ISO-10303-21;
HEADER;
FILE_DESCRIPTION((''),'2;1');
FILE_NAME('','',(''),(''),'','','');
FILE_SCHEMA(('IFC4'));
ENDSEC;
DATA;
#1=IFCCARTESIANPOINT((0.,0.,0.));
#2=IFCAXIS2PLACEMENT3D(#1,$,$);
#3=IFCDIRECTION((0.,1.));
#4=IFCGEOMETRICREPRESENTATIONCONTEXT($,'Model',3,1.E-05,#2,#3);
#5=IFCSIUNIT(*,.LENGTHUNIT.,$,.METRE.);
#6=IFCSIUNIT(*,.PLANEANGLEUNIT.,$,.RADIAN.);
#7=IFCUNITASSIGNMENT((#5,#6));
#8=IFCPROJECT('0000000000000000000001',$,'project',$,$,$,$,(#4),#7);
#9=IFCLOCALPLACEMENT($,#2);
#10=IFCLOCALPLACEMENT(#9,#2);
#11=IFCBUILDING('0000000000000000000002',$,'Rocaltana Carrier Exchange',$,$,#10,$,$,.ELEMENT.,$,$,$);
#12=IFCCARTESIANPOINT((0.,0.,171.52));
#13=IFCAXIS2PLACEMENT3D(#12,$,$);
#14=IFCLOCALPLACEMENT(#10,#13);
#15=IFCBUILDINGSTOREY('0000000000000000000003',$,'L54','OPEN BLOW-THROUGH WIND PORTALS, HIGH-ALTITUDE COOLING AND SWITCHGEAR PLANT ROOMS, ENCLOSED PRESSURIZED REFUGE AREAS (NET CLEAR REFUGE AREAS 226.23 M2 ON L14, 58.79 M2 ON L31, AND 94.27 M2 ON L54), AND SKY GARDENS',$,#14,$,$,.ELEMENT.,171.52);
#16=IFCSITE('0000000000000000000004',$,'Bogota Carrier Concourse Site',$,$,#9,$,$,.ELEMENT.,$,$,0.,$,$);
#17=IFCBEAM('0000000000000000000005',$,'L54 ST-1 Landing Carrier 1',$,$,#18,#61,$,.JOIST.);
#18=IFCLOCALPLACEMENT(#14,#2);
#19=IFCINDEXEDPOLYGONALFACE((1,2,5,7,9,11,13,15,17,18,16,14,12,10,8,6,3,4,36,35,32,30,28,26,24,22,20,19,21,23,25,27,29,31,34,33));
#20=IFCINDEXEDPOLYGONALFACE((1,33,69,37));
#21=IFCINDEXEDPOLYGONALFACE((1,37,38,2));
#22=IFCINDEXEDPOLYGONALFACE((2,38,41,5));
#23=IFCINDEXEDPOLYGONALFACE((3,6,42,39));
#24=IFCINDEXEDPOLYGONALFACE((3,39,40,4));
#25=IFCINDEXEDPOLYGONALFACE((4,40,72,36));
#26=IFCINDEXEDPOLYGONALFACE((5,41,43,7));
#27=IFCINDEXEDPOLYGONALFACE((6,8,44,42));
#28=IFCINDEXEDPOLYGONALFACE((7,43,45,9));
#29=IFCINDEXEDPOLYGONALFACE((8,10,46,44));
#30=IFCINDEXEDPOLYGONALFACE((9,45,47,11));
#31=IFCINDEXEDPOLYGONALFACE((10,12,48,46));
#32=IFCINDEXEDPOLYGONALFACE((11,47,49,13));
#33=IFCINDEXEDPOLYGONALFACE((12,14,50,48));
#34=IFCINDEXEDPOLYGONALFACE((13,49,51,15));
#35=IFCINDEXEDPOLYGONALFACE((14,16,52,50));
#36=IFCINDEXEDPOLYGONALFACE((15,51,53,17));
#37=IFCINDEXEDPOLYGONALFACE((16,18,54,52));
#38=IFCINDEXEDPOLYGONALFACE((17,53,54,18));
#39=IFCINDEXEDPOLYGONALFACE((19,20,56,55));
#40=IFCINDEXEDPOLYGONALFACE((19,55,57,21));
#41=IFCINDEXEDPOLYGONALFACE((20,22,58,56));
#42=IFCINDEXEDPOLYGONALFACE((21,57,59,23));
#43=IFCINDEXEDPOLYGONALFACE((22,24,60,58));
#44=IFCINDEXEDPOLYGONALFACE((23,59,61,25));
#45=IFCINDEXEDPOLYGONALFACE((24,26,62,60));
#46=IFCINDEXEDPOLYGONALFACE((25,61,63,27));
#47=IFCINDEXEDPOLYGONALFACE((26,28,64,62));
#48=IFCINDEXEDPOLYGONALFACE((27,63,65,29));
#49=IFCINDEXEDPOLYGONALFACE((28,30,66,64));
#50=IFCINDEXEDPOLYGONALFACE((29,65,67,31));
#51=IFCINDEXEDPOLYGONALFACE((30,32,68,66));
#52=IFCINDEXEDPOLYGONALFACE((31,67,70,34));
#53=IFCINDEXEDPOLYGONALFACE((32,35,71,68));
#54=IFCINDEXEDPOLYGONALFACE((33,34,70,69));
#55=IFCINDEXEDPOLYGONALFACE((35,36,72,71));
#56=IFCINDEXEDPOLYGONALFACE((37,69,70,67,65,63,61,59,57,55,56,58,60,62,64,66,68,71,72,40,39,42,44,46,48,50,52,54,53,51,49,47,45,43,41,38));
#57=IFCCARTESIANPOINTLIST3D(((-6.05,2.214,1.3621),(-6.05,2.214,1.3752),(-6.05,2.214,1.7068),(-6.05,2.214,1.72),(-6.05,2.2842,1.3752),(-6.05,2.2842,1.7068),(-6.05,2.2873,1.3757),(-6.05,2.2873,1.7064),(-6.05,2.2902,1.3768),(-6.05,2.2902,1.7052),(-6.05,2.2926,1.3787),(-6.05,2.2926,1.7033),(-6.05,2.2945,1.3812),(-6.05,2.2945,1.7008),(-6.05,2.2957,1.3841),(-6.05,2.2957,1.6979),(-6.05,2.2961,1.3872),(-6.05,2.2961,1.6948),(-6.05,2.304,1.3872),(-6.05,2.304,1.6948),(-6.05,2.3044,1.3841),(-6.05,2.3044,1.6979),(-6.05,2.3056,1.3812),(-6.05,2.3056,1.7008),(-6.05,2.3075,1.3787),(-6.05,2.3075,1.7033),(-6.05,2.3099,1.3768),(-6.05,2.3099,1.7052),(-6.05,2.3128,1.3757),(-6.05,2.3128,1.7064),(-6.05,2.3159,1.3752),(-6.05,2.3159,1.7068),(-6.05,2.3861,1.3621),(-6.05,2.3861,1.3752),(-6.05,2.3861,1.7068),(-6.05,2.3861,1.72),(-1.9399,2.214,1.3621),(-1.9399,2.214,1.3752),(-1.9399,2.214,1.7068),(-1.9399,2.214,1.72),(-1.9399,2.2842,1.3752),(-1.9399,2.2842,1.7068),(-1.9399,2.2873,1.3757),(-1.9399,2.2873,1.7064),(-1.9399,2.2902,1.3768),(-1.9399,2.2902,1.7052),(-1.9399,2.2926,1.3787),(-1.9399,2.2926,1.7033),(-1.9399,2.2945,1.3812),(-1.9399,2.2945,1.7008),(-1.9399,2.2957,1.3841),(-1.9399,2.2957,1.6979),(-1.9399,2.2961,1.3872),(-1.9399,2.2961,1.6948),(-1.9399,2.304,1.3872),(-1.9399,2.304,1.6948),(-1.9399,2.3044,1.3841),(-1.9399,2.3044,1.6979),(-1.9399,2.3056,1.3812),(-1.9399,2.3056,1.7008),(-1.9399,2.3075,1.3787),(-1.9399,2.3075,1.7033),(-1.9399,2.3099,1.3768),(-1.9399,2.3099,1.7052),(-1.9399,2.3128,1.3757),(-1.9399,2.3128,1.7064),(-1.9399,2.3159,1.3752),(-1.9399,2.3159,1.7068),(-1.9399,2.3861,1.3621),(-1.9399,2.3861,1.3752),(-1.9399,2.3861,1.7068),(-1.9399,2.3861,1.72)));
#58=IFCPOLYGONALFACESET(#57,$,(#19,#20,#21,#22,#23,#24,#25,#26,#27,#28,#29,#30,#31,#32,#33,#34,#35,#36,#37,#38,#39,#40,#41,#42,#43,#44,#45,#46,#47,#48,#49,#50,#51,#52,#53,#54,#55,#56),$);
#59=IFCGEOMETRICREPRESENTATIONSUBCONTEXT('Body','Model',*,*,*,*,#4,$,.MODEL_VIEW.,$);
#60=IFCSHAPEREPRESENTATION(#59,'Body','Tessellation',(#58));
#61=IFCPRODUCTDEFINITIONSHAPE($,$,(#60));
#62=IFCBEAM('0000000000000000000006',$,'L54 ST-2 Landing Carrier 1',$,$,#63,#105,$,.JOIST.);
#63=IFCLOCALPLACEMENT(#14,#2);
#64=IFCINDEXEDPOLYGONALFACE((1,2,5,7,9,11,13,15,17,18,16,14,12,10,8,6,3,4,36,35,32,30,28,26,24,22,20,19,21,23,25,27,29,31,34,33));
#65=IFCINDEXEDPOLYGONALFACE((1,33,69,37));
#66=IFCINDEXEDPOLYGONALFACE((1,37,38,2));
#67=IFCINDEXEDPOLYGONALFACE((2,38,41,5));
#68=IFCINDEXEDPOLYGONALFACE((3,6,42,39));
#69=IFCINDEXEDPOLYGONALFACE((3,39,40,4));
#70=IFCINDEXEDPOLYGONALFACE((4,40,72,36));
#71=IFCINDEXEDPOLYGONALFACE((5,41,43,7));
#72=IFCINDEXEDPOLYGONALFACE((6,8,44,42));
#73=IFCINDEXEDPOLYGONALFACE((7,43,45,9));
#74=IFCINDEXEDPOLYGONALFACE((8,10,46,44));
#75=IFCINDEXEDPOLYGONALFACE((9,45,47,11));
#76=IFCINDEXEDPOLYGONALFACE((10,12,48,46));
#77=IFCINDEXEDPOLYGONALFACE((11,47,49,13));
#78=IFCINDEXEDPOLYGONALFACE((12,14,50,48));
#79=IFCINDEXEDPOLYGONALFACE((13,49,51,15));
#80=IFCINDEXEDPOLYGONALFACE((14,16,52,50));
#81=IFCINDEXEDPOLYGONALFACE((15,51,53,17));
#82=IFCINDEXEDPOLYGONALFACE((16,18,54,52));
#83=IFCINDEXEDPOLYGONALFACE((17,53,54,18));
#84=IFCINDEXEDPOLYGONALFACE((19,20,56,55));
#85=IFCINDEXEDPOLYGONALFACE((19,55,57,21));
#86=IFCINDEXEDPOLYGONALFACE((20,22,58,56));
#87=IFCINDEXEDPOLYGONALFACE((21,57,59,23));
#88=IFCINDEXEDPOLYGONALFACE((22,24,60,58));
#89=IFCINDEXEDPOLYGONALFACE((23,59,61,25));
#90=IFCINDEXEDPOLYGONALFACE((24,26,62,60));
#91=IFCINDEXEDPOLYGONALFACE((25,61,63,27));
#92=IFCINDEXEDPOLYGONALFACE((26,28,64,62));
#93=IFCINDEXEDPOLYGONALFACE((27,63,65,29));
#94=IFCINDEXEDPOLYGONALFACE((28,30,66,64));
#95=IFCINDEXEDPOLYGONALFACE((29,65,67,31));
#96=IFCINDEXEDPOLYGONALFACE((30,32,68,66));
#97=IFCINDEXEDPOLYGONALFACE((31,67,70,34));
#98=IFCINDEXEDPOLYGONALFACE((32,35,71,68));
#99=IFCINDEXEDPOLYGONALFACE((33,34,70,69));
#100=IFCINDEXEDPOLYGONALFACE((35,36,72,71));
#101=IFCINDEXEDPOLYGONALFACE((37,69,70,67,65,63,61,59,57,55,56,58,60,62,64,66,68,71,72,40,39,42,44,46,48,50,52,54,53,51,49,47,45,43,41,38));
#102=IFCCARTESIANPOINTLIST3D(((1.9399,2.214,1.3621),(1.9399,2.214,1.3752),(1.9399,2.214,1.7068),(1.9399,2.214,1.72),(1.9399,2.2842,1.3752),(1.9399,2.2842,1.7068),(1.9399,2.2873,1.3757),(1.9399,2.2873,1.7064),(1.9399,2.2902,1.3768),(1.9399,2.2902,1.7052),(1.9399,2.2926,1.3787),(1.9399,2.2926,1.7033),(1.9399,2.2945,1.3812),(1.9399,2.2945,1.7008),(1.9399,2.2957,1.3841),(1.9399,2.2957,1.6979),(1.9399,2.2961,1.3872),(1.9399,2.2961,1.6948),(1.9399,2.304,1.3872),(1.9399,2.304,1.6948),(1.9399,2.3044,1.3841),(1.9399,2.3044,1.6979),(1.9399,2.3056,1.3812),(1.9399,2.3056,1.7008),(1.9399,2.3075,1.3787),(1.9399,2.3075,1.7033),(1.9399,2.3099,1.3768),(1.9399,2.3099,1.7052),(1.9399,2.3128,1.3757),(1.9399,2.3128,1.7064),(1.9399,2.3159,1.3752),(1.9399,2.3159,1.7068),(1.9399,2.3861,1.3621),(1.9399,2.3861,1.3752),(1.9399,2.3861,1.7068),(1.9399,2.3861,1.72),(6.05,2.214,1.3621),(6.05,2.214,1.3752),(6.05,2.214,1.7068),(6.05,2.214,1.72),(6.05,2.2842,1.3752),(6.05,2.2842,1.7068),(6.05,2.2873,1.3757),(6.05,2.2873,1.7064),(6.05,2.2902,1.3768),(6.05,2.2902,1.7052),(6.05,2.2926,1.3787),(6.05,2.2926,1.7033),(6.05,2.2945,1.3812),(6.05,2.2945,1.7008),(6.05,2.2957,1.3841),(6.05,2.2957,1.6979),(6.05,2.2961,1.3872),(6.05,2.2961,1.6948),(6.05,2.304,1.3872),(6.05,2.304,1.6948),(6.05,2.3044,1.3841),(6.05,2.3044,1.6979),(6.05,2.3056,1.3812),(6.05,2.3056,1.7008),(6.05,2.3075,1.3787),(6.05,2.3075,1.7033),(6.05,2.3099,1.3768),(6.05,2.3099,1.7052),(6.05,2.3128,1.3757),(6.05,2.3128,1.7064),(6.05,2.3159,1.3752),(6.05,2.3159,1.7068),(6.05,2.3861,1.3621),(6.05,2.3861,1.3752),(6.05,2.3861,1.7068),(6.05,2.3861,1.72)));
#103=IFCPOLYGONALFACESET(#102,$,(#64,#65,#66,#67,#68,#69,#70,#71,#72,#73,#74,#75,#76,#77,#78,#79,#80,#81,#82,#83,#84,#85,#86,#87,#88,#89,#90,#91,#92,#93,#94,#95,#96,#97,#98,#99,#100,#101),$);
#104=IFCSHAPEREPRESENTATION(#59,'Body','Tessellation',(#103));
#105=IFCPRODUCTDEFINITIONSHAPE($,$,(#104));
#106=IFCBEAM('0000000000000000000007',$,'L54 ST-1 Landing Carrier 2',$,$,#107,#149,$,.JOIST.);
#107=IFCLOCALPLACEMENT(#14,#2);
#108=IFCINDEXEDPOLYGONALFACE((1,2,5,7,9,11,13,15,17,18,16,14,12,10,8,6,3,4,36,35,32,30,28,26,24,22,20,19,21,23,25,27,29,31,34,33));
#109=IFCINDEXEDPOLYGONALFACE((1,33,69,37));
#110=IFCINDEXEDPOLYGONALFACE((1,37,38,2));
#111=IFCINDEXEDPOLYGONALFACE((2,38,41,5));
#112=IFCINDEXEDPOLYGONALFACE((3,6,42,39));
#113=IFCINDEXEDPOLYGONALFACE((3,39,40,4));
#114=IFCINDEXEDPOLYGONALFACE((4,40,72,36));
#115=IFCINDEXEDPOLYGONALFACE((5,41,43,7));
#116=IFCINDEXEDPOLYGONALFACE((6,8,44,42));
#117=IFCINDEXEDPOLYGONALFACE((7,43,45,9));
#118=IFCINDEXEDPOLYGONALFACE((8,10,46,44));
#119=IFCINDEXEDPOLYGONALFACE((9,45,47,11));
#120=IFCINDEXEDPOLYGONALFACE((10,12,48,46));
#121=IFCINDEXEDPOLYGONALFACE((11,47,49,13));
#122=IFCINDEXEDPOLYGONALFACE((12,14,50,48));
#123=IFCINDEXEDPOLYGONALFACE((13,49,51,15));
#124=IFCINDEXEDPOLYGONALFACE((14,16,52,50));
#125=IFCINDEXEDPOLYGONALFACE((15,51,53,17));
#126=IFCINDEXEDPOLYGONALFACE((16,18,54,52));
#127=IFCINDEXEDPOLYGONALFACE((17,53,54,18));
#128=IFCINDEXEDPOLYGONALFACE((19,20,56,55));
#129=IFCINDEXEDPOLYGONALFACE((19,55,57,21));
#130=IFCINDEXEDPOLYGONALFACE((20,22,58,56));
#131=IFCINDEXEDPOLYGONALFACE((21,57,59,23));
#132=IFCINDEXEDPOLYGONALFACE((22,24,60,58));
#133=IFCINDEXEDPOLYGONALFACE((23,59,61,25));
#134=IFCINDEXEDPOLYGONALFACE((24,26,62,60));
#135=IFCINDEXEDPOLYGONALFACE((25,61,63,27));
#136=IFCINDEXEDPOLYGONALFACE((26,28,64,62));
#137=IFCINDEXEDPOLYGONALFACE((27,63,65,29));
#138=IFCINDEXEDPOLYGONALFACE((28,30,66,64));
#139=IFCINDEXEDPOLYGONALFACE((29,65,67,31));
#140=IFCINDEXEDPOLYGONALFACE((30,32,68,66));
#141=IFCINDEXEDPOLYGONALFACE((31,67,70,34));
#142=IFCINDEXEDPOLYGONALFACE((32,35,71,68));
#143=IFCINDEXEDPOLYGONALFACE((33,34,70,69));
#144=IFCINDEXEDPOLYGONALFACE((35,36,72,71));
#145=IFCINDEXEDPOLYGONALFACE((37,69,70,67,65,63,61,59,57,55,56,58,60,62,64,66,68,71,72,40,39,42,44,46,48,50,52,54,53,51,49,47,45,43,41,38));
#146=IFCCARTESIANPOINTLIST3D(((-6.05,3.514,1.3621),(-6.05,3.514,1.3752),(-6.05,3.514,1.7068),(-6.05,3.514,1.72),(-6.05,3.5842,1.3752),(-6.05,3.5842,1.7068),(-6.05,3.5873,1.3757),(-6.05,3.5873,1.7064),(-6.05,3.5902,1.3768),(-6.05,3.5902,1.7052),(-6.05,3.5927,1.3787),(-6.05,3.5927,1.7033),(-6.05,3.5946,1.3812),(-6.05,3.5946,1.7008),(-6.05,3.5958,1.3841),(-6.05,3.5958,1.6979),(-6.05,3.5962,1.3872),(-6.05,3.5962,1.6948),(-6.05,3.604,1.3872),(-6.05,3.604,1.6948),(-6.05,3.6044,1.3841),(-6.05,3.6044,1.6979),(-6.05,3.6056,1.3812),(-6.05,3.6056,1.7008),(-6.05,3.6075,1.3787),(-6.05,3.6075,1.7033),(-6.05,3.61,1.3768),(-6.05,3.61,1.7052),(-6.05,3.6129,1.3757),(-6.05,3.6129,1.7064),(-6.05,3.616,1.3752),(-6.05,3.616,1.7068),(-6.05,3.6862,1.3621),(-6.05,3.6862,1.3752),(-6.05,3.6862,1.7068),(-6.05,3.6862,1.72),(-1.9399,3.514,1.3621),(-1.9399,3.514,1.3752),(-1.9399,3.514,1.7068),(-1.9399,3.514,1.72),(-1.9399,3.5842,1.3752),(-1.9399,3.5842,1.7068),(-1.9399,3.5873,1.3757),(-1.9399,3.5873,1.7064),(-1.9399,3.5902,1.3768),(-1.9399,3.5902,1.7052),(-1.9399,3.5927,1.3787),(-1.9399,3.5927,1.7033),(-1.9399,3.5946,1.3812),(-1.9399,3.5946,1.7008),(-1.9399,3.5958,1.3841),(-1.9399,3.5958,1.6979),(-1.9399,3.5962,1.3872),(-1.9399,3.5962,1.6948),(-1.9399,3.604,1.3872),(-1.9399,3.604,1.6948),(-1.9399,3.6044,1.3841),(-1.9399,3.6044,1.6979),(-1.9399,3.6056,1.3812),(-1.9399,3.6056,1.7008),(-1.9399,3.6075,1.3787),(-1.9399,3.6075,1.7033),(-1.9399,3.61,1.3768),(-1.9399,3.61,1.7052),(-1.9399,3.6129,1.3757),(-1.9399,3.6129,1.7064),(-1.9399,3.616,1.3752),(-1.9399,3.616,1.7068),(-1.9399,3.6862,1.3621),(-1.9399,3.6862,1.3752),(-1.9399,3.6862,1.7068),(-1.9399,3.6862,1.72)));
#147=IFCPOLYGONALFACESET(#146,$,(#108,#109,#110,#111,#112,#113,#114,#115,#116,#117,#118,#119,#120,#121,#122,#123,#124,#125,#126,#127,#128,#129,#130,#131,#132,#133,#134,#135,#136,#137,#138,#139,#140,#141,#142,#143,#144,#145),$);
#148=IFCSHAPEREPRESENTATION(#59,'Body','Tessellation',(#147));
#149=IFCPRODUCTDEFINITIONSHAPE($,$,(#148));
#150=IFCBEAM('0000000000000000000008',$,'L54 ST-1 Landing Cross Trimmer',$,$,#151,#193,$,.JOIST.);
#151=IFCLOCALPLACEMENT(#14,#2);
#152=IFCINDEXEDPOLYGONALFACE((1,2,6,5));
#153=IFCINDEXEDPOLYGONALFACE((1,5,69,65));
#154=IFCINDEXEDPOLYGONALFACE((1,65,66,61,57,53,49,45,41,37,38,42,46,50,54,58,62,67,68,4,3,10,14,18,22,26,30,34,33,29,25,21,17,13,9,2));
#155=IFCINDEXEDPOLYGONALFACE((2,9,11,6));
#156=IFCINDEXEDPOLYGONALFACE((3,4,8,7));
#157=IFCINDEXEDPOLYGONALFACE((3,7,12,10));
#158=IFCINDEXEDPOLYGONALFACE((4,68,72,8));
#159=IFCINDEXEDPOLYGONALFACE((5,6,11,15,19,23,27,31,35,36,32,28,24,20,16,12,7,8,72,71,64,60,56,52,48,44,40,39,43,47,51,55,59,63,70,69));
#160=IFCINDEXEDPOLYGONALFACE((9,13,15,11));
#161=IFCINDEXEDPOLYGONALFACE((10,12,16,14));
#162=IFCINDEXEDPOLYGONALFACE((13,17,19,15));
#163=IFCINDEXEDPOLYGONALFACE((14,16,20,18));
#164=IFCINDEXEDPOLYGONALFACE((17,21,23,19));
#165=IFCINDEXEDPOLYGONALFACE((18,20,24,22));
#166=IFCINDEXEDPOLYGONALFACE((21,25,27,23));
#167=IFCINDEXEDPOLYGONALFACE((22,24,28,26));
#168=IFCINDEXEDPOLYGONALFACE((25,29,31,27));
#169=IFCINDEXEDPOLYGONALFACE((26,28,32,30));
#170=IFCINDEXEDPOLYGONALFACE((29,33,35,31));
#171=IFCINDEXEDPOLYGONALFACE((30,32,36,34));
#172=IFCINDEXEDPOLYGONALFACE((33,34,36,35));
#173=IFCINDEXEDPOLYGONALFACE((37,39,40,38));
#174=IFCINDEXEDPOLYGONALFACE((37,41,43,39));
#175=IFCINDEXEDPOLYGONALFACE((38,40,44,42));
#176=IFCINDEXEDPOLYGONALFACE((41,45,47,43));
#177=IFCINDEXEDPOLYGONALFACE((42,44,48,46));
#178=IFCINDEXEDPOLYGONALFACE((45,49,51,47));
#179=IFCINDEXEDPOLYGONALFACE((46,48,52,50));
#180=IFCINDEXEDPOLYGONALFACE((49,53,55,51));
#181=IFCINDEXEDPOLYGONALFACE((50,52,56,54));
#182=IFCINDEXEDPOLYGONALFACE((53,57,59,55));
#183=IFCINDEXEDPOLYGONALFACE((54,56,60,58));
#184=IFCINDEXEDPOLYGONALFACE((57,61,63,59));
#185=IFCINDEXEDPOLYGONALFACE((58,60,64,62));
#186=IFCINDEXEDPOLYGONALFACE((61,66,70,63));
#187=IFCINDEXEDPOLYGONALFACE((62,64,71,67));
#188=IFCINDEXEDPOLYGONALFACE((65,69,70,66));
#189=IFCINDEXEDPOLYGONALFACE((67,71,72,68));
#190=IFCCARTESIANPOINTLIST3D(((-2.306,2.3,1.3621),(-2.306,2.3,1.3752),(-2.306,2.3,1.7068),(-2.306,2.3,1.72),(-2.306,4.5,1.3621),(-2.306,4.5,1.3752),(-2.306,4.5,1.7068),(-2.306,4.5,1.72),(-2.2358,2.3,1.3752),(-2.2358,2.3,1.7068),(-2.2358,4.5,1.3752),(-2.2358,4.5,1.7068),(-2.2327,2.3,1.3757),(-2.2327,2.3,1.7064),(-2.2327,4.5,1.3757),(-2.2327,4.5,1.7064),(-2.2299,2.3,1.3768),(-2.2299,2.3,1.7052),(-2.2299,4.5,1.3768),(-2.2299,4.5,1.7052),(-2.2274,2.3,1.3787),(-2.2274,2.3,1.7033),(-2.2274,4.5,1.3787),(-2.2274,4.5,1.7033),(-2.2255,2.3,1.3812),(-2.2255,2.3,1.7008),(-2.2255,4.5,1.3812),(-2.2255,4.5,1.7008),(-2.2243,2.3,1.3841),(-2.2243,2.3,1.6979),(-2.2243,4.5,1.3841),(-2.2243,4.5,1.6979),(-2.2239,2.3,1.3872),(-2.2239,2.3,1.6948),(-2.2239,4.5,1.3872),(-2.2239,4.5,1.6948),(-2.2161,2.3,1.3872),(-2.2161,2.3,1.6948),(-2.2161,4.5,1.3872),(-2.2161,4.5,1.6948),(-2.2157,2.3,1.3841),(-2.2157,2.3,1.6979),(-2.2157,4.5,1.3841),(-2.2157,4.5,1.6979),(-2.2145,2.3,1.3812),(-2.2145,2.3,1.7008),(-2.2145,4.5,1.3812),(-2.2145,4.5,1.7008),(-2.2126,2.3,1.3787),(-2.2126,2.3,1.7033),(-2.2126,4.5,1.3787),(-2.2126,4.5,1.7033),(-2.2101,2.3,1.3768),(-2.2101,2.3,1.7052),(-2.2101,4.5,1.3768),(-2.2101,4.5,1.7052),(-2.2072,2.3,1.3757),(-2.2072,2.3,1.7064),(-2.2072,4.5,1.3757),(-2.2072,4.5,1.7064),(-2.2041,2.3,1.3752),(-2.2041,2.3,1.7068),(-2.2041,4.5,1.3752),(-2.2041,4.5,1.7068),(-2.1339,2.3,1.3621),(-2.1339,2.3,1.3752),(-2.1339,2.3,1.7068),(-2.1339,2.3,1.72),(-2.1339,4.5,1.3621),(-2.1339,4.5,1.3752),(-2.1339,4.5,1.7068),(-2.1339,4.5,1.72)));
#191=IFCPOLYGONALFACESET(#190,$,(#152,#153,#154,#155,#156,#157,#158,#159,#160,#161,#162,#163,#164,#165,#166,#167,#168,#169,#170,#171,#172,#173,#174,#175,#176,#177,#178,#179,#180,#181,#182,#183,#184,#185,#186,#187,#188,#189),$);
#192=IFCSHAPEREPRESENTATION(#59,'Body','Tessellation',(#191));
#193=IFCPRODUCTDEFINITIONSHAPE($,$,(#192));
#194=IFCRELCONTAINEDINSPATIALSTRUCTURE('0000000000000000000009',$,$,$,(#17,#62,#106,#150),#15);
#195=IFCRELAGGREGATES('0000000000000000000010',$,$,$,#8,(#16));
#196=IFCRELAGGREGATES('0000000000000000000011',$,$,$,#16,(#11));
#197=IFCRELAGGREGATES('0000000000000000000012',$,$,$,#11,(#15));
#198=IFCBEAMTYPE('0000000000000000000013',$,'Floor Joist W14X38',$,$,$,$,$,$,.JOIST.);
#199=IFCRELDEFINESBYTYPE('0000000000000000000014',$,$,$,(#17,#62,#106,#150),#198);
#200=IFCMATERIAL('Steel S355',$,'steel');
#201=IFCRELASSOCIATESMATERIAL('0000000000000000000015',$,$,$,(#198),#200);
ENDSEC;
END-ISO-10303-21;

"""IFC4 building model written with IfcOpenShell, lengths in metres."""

from ifc_helpers import new_model, si_unit, direction, frame, origin, origin_2d, place, context, subcontext, project, spatial, i_section, extrude, material, material_profile, profile_set, type_object, element, save


model = new_model("IFC4")

# Units and contexts
model_context = context("Model", 3, precision=1e-05, world=origin(), true_north=direction((0.0, 1.0)))
body_context = subcontext(model_context, "Body", "Model", "MODEL_VIEW")
ifc_project = project(units=[si_unit("LENGTHUNIT", "METRE"), si_unit("PLANEANGLEUNIT", "RADIAN")], contexts=[model_context])

# Site, building, storey
site_placement = place(None, origin())
site = spatial("IfcSite", under=ifc_project, at=site_placement, Name="Bogota Carrier Concourse Site", CompositionType="ELEMENT", RefElevation=0.0)
building_placement = place(site_placement, origin())
building = spatial("IfcBuilding", under=site, at=building_placement, Name="Rocaltana Carrier Exchange", CompositionType="ELEMENT")
storey_placement = place(building_placement, frame((0.0, 0.0, 171.52)))
storey = spatial("IfcBuildingStorey", under=building, at=storey_placement, Name="L54", Description="OPEN BLOW-THROUGH WIND PORTALS, HIGH-ALTITUDE COOLING AND SWITCHGEAR PLANT ROOMS, ENCLOSED PRESSURIZED REFUGE AREAS (NET CLEAR REFUGE AREAS 226.23 M2 ON L14, 58.79 M2 ON L31, AND 94.27 M2 ON L54), AND SKY GARDENS", CompositionType="ELEMENT", Elevation=171.52)

# Beams
ifc_material_1 = material(Name="Steel S355", Category="steel")
ifc_material_profile_1 = material_profile(ifc_material_1, i_section(OverallWidth=0.1721, OverallDepth=0.3579, WebThickness=0.0078, FlangeThickness=0.0132, FilletRadius=0.012, at=origin_2d()), Name="W14X38")
ifc_profile_set_1 = profile_set([ifc_material_profile_1], Name="Steel S355")
beam_type_1 = type_object("IfcBeamType", Name="Floor Joist W14X38", PredefinedType="JOIST", material=ifc_profile_set_1)
for number, where, z_axis, x_axis, name in (
    (1, (-6.05, 2.3, 1.541), (1.0, 0.0, 0.0), (0.0, 1.0, 0.0), "L54 ST-1 Landing Carrier 1"),
    (2, (1.9399, 2.3, 1.541), (1.0, 0.0, 0.0), (0.0, 1.0, 0.0), "L54 ST-2 Landing Carrier 1"),
    (3, (-6.05, 3.6001, 1.541), (1.0, 0.0, 0.0), (0.0, 1.0, 0.0), "L54 ST-1 Landing Carrier 2"),
):
    element("IfcBeam", number, at=place(storey_placement, frame(where, z_axis=z_axis, x_axis=x_axis)), inside=storey, type_object=beam_type_1, Name=name, PredefinedType="JOIST", context=body_context, shape_type="SweptSolid", body=[
        extrude(i_section(OverallWidth=0.1721, OverallDepth=0.3579, WebThickness=0.0078, FlangeThickness=0.0132, FilletRadius=0.012, at=origin_2d()), origin(), (0.0, 0.0, 1.0), 4.1101),
    ])
beam_1_placement = place(storey_placement, frame((-2.22, 2.3, 1.541), z_axis=(0.0, 1.0, 0.0), x_axis=(-1.0, 0.0, 0.0)))
element("IfcBeam", 4, at=beam_1_placement, inside=storey, type_object=beam_type_1, Name="L54 ST-1 Landing Cross Trimmer", PredefinedType="JOIST", context=body_context, shape_type="SweptSolid", body=[
    extrude(i_section(OverallWidth=0.1721, OverallDepth=0.3579, WebThickness=0.0078, FlangeThickness=0.0132, FilletRadius=0.012, at=origin_2d()), origin(), (0.0, 0.0, 1.0), 2.2),
])

save(model, "model.ifc")
